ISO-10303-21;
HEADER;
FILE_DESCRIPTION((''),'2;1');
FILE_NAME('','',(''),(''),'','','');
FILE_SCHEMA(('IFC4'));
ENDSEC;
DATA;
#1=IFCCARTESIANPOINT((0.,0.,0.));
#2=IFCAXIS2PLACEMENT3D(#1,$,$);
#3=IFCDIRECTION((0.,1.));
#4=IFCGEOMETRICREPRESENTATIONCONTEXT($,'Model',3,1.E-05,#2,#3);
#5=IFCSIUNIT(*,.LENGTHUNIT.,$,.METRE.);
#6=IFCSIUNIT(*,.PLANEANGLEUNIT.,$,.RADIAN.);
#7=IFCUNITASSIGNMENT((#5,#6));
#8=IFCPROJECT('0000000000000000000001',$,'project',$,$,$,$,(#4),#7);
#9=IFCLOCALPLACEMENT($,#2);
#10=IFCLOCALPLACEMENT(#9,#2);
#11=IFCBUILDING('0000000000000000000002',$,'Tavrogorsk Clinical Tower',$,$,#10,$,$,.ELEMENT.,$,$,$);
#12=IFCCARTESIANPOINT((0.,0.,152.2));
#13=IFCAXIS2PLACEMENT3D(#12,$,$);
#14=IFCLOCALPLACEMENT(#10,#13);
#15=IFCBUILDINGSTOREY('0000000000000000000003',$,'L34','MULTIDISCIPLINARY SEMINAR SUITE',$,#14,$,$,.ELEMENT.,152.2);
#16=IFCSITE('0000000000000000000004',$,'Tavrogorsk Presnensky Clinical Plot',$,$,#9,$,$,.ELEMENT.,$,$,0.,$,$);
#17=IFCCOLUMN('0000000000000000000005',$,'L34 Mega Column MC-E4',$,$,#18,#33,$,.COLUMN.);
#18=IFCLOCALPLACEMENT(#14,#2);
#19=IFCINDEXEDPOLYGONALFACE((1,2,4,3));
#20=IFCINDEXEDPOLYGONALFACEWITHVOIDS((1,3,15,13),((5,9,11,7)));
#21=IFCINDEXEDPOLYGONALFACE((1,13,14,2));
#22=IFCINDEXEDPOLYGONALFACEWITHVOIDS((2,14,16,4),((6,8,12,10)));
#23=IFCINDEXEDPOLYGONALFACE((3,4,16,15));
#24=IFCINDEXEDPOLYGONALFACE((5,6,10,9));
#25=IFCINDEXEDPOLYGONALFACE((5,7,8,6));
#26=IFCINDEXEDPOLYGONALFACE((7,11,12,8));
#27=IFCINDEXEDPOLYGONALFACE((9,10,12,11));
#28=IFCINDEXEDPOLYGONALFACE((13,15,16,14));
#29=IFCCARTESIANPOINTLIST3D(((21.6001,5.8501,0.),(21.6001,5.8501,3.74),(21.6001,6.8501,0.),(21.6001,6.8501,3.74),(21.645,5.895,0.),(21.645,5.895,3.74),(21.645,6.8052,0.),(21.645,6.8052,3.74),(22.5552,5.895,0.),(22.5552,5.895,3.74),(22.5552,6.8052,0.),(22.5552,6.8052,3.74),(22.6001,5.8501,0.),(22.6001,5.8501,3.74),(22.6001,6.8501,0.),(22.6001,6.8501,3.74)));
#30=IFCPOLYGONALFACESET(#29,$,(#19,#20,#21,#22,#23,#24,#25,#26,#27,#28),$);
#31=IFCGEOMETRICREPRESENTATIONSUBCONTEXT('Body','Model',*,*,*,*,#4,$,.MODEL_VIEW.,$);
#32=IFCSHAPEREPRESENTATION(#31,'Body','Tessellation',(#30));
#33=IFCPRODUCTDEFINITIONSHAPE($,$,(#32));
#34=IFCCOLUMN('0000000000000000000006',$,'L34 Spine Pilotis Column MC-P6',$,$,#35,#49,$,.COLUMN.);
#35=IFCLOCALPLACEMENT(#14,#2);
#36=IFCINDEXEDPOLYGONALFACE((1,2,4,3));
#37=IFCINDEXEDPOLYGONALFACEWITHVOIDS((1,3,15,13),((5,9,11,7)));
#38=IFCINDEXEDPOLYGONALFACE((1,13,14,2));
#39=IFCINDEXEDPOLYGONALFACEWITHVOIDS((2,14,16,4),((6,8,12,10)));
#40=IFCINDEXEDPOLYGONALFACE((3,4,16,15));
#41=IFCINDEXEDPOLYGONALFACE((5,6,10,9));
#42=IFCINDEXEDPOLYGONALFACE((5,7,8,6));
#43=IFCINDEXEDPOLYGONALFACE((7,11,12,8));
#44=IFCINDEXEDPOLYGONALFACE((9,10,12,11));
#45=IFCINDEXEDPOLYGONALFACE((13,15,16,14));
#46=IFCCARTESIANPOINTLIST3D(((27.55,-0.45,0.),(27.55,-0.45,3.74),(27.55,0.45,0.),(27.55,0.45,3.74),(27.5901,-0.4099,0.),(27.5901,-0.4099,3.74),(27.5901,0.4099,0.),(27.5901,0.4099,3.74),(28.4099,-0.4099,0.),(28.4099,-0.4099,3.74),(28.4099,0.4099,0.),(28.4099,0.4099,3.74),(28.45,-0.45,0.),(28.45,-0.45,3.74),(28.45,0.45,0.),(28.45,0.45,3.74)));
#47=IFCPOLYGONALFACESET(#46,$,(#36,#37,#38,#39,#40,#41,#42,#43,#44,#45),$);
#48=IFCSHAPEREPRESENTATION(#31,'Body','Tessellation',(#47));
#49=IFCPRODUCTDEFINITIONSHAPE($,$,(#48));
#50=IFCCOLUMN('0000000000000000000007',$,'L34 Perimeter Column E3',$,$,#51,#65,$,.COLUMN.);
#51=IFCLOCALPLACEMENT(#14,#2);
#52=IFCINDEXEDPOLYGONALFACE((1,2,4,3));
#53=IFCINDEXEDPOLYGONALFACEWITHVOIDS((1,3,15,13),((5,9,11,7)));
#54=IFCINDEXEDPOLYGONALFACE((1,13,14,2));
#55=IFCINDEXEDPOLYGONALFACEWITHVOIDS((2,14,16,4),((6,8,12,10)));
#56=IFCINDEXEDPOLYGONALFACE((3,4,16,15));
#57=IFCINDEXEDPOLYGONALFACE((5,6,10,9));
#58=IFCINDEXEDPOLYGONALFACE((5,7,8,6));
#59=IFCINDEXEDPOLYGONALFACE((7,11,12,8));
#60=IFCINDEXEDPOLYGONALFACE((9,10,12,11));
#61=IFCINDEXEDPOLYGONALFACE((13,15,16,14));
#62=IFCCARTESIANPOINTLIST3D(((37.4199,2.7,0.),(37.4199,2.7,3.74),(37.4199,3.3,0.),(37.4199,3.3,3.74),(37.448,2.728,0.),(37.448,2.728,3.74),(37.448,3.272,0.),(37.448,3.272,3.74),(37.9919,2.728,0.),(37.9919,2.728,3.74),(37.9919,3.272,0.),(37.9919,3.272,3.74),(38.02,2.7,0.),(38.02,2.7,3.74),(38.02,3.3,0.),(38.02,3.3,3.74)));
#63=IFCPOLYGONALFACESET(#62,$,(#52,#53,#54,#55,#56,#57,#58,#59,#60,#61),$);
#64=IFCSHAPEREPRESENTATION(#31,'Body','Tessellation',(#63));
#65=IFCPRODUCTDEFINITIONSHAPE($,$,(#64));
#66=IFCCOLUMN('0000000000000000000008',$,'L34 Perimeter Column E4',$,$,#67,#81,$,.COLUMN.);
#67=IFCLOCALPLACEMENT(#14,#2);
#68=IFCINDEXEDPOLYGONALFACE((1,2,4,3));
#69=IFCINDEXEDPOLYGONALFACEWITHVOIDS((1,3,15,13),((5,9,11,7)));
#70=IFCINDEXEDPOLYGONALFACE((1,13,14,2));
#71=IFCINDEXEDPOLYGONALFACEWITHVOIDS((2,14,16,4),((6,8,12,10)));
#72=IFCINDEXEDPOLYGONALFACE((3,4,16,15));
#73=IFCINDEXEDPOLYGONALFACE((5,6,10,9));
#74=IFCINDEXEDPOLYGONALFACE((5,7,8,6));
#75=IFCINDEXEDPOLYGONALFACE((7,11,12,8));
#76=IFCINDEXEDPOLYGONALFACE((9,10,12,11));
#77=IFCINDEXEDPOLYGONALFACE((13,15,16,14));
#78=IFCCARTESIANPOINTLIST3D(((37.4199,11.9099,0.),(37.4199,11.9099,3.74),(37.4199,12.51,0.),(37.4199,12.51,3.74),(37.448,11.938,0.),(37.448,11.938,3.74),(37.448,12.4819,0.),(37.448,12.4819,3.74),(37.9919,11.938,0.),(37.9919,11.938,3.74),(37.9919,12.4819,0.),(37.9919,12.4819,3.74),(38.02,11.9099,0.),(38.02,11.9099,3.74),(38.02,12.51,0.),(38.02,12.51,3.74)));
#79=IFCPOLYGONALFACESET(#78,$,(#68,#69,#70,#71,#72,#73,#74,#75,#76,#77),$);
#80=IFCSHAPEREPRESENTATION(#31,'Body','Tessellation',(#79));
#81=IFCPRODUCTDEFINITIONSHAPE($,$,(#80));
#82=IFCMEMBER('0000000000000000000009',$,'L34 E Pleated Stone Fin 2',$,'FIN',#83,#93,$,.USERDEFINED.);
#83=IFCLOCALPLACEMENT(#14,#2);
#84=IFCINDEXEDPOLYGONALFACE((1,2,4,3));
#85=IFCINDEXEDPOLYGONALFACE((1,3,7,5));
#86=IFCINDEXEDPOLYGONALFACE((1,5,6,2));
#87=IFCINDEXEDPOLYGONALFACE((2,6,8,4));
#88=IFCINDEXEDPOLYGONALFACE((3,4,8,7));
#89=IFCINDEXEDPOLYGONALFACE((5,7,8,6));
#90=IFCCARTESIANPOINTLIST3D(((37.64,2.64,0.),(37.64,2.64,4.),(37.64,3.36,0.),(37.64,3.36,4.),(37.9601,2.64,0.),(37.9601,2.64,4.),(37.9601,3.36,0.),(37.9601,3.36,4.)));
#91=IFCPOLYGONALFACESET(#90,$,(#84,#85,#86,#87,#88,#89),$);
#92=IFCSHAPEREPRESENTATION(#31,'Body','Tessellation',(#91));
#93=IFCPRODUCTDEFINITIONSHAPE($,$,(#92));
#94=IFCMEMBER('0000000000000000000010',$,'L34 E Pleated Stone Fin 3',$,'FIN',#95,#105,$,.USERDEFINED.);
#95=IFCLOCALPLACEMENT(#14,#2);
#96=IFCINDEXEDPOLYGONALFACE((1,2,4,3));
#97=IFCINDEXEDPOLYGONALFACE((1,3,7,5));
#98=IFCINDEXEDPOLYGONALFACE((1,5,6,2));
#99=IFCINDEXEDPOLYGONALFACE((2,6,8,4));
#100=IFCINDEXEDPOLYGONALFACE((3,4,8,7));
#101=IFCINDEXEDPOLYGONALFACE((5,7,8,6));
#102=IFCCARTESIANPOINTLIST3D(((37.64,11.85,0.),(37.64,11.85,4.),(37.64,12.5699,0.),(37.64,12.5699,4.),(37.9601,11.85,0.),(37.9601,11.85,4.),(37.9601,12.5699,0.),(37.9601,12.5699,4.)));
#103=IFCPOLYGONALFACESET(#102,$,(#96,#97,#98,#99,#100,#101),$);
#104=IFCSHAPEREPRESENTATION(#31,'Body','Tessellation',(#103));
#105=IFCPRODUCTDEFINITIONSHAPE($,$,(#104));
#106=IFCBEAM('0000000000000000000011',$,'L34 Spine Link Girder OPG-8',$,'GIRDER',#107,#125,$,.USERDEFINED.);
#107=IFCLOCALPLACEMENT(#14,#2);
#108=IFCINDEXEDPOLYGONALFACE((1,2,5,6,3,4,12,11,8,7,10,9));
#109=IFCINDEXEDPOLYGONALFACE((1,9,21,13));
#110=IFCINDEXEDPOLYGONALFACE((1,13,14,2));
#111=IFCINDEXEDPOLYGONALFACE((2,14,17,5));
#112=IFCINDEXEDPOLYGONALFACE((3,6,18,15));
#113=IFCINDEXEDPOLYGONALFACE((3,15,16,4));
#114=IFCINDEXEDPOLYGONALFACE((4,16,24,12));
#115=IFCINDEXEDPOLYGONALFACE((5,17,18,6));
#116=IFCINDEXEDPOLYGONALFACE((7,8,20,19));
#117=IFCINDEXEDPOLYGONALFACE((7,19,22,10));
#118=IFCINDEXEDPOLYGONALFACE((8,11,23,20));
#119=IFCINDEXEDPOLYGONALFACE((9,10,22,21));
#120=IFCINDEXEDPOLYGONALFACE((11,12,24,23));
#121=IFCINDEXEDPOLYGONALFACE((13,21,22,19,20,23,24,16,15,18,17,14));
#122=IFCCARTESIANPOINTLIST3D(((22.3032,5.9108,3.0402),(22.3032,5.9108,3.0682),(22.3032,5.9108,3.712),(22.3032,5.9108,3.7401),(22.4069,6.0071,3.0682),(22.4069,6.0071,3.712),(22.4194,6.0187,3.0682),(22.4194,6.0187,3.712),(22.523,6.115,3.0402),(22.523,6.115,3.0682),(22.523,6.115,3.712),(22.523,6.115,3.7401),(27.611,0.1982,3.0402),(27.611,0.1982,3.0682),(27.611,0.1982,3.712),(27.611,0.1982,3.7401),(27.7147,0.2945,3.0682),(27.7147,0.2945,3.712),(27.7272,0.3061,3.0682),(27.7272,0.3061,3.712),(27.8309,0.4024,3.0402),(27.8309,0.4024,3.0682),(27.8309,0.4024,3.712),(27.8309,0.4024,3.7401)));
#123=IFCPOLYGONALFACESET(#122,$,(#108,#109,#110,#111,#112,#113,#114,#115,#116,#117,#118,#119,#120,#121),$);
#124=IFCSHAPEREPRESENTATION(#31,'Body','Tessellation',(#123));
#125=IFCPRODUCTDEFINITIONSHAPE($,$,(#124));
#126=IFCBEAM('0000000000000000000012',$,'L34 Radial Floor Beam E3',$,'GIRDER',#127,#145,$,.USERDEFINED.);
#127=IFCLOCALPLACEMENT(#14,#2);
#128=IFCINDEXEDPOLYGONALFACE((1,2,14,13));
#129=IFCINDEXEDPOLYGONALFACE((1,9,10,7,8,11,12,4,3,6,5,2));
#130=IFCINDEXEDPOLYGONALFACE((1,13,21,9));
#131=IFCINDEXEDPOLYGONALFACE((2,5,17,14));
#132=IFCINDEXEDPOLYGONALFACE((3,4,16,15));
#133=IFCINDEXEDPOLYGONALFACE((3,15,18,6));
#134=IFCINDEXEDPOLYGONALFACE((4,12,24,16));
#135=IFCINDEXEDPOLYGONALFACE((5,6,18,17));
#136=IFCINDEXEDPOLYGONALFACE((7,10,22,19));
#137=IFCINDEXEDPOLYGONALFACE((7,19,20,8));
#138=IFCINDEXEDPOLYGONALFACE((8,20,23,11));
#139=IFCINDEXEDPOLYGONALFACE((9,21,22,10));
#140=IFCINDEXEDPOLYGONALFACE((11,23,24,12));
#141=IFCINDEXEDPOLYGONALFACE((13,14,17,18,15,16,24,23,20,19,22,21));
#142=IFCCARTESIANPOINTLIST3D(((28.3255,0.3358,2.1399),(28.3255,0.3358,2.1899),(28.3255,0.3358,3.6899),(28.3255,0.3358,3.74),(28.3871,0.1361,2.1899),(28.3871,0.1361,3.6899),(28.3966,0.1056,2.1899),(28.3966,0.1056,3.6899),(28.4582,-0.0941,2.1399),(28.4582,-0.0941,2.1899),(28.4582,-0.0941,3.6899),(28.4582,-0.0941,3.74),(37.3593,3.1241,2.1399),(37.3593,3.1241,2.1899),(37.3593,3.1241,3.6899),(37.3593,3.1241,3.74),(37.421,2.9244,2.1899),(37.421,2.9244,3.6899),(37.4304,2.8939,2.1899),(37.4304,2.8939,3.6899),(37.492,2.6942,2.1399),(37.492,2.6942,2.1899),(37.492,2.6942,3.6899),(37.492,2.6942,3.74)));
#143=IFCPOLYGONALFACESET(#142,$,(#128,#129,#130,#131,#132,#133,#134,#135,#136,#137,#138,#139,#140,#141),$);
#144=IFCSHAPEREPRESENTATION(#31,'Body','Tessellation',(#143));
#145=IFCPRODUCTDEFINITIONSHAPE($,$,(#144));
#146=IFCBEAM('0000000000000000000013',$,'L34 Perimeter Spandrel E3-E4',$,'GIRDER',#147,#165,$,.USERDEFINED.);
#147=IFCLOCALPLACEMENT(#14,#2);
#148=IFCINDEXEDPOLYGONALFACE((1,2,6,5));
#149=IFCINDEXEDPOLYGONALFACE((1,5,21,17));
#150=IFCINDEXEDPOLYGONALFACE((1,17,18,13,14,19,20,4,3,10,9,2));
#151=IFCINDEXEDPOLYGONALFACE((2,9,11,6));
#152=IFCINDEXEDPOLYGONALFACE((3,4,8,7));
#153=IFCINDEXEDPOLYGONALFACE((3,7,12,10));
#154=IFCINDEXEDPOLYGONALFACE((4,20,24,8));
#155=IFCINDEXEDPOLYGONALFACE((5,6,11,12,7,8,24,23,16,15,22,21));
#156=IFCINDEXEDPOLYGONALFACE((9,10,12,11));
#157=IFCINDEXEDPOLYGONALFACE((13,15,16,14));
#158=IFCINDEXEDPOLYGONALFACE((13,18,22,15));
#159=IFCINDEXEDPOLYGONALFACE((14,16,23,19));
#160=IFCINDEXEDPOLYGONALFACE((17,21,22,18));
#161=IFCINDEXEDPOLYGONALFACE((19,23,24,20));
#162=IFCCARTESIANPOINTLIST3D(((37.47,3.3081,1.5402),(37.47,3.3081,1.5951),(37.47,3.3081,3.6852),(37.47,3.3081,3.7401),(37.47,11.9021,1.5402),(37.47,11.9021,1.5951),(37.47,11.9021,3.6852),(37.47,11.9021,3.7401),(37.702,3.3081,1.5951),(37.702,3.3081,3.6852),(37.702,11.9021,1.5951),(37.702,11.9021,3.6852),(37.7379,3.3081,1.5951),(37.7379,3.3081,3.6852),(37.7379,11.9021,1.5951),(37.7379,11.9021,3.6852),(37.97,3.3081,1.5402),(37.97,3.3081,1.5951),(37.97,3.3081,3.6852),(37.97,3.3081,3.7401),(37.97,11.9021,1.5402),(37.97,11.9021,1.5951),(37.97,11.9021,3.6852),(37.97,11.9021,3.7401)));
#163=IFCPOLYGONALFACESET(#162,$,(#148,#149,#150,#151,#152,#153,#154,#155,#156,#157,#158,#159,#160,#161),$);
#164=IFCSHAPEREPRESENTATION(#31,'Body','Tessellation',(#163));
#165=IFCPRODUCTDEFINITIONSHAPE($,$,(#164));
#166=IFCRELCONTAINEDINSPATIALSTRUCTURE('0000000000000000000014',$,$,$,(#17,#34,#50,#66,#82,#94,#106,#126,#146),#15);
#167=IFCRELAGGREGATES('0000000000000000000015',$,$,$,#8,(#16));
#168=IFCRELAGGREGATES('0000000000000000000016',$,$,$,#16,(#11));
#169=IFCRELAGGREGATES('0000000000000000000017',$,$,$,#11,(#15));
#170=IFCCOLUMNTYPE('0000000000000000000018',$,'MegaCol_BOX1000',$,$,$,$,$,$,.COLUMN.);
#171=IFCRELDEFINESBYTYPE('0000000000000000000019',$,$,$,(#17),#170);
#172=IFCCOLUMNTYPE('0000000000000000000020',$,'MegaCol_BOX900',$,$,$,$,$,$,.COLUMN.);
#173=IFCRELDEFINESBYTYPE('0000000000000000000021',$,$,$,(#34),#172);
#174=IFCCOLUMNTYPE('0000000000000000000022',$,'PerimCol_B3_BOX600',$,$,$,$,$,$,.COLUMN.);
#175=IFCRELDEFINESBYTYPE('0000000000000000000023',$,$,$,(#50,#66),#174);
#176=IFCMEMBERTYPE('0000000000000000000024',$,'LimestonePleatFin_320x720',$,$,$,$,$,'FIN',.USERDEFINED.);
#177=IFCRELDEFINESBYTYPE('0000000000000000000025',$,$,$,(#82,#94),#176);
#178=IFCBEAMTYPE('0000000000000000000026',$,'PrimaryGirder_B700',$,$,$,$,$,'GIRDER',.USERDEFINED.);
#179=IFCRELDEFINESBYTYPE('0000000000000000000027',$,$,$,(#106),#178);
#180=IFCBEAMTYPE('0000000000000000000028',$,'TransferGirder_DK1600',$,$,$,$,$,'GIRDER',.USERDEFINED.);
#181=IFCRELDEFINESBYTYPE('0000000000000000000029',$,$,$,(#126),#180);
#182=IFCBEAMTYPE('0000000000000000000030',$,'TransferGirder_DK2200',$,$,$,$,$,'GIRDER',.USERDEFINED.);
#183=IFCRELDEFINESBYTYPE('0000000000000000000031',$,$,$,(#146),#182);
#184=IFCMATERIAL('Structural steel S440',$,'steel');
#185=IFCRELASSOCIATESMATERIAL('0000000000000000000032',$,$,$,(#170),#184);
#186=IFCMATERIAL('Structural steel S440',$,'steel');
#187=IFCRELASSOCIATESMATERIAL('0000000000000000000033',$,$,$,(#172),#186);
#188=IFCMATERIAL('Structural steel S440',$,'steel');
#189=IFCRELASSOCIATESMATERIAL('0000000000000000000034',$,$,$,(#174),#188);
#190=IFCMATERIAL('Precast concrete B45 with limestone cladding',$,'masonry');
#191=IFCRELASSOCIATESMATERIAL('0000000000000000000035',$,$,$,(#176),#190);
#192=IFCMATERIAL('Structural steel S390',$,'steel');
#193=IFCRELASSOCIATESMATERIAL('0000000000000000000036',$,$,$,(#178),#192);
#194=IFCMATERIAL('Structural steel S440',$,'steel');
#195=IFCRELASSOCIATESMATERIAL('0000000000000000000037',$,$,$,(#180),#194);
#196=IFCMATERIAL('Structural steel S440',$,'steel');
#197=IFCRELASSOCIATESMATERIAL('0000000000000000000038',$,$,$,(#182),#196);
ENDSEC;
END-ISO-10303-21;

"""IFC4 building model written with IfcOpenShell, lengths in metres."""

from ifc_helpers import new_model, si_unit, direction, frame, origin, origin_2d, place, context, subcontext, project, spatial, rectangle, hollow_rectangle, i_section, extrude, material, material_profile, profile_set, type_object, element, save


model = new_model("IFC4")

# Units and contexts
model_context = context("Model", 3, precision=1e-05, world=origin(), true_north=direction((0.0, 1.0)))
body_context = subcontext(model_context, "Body", "Model", "MODEL_VIEW")
ifc_project = project(units=[si_unit("LENGTHUNIT", "METRE"), si_unit("PLANEANGLEUNIT", "RADIAN")], contexts=[model_context])

# Site, building, storey
site_placement = place(None, origin())
site = spatial("IfcSite", under=ifc_project, at=site_placement, Name="Tavrogorsk Presnensky Clinical Plot", CompositionType="ELEMENT", RefElevation=0.0)
building_placement = place(site_placement, origin())
building = spatial("IfcBuilding", under=site, at=building_placement, Name="Tavrogorsk Clinical Tower", CompositionType="ELEMENT")
storey_placement = place(building_placement, frame((0.0, 0.0, 152.2)))
storey = spatial("IfcBuildingStorey", under=building, at=storey_placement, Name="L34", Description="MULTIDISCIPLINARY SEMINAR SUITE", CompositionType="ELEMENT", Elevation=152.2)

# Columns
ifc_material_1 = material(Name="Structural steel S440", Category="steel")
ifc_material_profile_1 = material_profile(ifc_material_1, hollow_rectangle(XDim=1.0, YDim=1.0, WallThickness=0.0449, at=origin_2d()), Name="BOX-1000x1000x45")
ifc_profile_set_1 = profile_set([ifc_material_profile_1], Name="Structural steel S440")
column_type_1 = type_object("IfcColumnType", Name="MegaCol_BOX1000", PredefinedType="COLUMN", material=ifc_profile_set_1)
column_1_placement = place(storey_placement, frame((22.1001, 6.3501, 0.0), z_axis=(0.0, 0.0, 1.0), x_axis=(1.0, 0.0, 0.0)))
element("IfcColumn", 1, at=column_1_placement, inside=storey, type_object=column_type_1, Name="L34 Mega Column MC-E4", PredefinedType="COLUMN", context=body_context, shape_type="SweptSolid", body=[
    extrude(hollow_rectangle(XDim=1.0, YDim=1.0, WallThickness=0.0449, at=origin_2d()), origin(), (0.0, 0.0, 1.0), 3.74),
])
ifc_material_2 = material(Name="Structural steel S440", Category="steel")
ifc_material_profile_2 = material_profile(ifc_material_2, hollow_rectangle(XDim=0.8999, YDim=0.8999, WallThickness=0.04, at=origin_2d()), Name="BOX-900x900x40")
ifc_profile_set_2 = profile_set([ifc_material_profile_2], Name="Structural steel S440")
column_type_2 = type_object("IfcColumnType", Name="MegaCol_BOX900", PredefinedType="COLUMN", material=ifc_profile_set_2)
column_2_placement = place(storey_placement, frame((28.0, 0.0, 0.0), z_axis=(0.0, 0.0, 1.0), x_axis=(1.0, 0.0, 0.0)))
element("IfcColumn", 2, at=column_2_placement, inside=storey, type_object=column_type_2, Name="L34 Spine Pilotis Column MC-P6", PredefinedType="COLUMN", context=body_context, shape_type="SweptSolid", body=[
    extrude(hollow_rectangle(XDim=0.8999, YDim=0.8999, WallThickness=0.04, at=origin_2d()), origin(), (0.0, 0.0, 1.0), 3.74),
])
ifc_material_3 = material(Name="Structural steel S440", Category="steel")
ifc_material_profile_3 = material_profile(ifc_material_3, hollow_rectangle(XDim=0.6001, YDim=0.6001, WallThickness=0.0281, at=origin_2d()), Name="BOX-600x600x28")
ifc_profile_set_3 = profile_set([ifc_material_profile_3], Name="Structural steel S440")
column_type_3 = type_object("IfcColumnType", Name="PerimCol_B3_BOX600", PredefinedType="COLUMN", material=ifc_profile_set_3)
for number, where, z_axis, x_axis, name in (
    (3, (37.72, 3.0, 0.0), (0.0, 0.0, 1.0), (1.0, 0.0, 0.0), "L34 Perimeter Column E3"),
    (4, (37.72, 12.21, 0.0), (0.0, 0.0, 1.0), (1.0, 0.0, 0.0), "L34 Perimeter Column E4"),
):
    element("IfcColumn", number, at=place(storey_placement, frame(where, z_axis=z_axis, x_axis=x_axis)), inside=storey, type_object=column_type_3, Name=name, PredefinedType="COLUMN", context=body_context, shape_type="SweptSolid", body=[
        extrude(hollow_rectangle(XDim=0.6001, YDim=0.6001, WallThickness=0.0281, at=origin_2d()), origin(), (0.0, 0.0, 1.0), 3.74),
    ])

# Members
ifc_material_4 = material(Name="Precast concrete B45 with limestone cladding", Category="masonry")
ifc_material_profile_4 = material_profile(ifc_material_4, rectangle(XDim=0.3201, YDim=0.72, at=origin_2d()), Name="LIMESTONE-FIN-320x720")
ifc_profile_set_4 = profile_set([ifc_material_profile_4], Name="Precast concrete B45 with limestone cladding")
member_type = type_object("IfcMemberType", Name="LimestonePleatFin_320x720", ElementType="FIN", PredefinedType="USERDEFINED", material=ifc_profile_set_4)
for number, where, z_axis, x_axis, name in (
    (5, (37.8, 3.0, 0.0), (0.0, 0.0, 1.0), (1.0, 0.0, 0.0), "L34 E Pleated Stone Fin 2"),
    (6, (37.8, 12.21, 0.0), (0.0, 0.0, 1.0), (1.0, 0.0, 0.0), "L34 E Pleated Stone Fin 3"),
):
    element("IfcMember", number, at=place(storey_placement, frame(where, z_axis=z_axis, x_axis=x_axis)), inside=storey, type_object=member_type, Name=name, ObjectType="FIN", PredefinedType="USERDEFINED", context=body_context, shape_type="SweptSolid", body=[
        extrude(rectangle(XDim=0.3201, YDim=0.72, at=origin_2d()), origin(), (0.0, 0.0, 1.0), 4.0),
    ])

# Beams
ifc_material_5 = material(Name="Structural steel S390", Category="steel")
ifc_material_profile_5 = material_profile(ifc_material_5, i_section(OverallWidth=0.3, OverallDepth=0.7, WebThickness=0.0171, FlangeThickness=0.0281, at=origin_2d()), Name="B-700x300x17x28")
ifc_profile_set_5 = profile_set([ifc_material_profile_5], Name="Structural steel S390")
beam_type_1 = type_object("IfcBeamType", Name="PrimaryGirder_B700", ElementType="GIRDER", PredefinedType="USERDEFINED", material=ifc_profile_set_5)
beam_1_placement = place(storey_placement, frame((27.7209, 0.3003, 3.3901), z_axis=(-0.680676, 0.732585, 0.0), x_axis=(-0.732585, -0.680676, 0.0)))
element("IfcBeam", 7, at=beam_1_placement, inside=storey, type_object=beam_type_1, Name="L34 Spine Link Girder OPG-8", ObjectType="GIRDER", PredefinedType="USERDEFINED", context=body_context, shape_type="SweptSolid", body=[
    extrude(i_section(OverallWidth=0.3, OverallDepth=0.7, WebThickness=0.0171, FlangeThickness=0.0281, at=origin_2d()), origin(), (0.0, 0.0, 1.0), 7.7979),
])
ifc_material_6 = material(Name="Structural steel S440", Category="steel")
ifc_material_profile_6 = material_profile(ifc_material_6, i_section(OverallWidth=0.45, OverallDepth=1.6001, WebThickness=0.032, FlangeThickness=0.05, at=origin_2d()), Name="DK-1600x450x32x50")
ifc_profile_set_6 = profile_set([ifc_material_profile_6], Name="Structural steel S440")
beam_type_2 = type_object("IfcBeamType", Name="TransferGirder_DK1600", ElementType="GIRDER", PredefinedType="USERDEFINED", material=ifc_profile_set_6)
beam_2_placement = place(storey_placement, frame((28.3918, 0.1208, 2.9399), z_axis=(0.955521, 0.294922, 0.0), x_axis=(-0.294922, 0.955521, 0.0)))
element("IfcBeam", 8, at=beam_2_placement, inside=storey, type_object=beam_type_2, Name="L34 Radial Floor Beam E3", ObjectType="GIRDER", PredefinedType="USERDEFINED", context=body_context, shape_type="SweptSolid", body=[
    extrude(i_section(OverallWidth=0.45, OverallDepth=1.6001, WebThickness=0.032, FlangeThickness=0.05, at=origin_2d()), origin(), (0.0, 0.0, 1.0), 9.4543),
])
ifc_material_7 = material(Name="Structural steel S440", Category="steel")
ifc_material_profile_7 = material_profile(ifc_material_7, i_section(OverallWidth=0.5, OverallDepth=2.2, WebThickness=0.0359, FlangeThickness=0.0549, at=origin_2d()), Name="DK-2200x500x36x55")
ifc_profile_set_7 = profile_set([ifc_material_profile_7], Name="Structural steel S440")
beam_type_3 = type_object("IfcBeamType", Name="TransferGirder_DK2200", ElementType="GIRDER", PredefinedType="USERDEFINED", material=ifc_profile_set_7)
for number, where, z_axis, x_axis, name in (
    (9, (37.72, 3.3081, 2.6401), (0.0, 1.0, 0.0), (-1.0, 0.0, 0.0), "L34 Perimeter Spandrel E3-E4"),
):
    element("IfcBeam", number, at=place(storey_placement, frame(where, z_axis=z_axis, x_axis=x_axis)), inside=storey, type_object=beam_type_3, Name=name, ObjectType="GIRDER", PredefinedType="USERDEFINED", context=body_context, shape_type="SweptSolid", body=[
        extrude(i_section(OverallWidth=0.5, OverallDepth=2.2, WebThickness=0.0359, FlangeThickness=0.0549, at=origin_2d()), origin(), (0.0, 0.0, 1.0), 8.594),
    ])

save(model, "model.ifc")
